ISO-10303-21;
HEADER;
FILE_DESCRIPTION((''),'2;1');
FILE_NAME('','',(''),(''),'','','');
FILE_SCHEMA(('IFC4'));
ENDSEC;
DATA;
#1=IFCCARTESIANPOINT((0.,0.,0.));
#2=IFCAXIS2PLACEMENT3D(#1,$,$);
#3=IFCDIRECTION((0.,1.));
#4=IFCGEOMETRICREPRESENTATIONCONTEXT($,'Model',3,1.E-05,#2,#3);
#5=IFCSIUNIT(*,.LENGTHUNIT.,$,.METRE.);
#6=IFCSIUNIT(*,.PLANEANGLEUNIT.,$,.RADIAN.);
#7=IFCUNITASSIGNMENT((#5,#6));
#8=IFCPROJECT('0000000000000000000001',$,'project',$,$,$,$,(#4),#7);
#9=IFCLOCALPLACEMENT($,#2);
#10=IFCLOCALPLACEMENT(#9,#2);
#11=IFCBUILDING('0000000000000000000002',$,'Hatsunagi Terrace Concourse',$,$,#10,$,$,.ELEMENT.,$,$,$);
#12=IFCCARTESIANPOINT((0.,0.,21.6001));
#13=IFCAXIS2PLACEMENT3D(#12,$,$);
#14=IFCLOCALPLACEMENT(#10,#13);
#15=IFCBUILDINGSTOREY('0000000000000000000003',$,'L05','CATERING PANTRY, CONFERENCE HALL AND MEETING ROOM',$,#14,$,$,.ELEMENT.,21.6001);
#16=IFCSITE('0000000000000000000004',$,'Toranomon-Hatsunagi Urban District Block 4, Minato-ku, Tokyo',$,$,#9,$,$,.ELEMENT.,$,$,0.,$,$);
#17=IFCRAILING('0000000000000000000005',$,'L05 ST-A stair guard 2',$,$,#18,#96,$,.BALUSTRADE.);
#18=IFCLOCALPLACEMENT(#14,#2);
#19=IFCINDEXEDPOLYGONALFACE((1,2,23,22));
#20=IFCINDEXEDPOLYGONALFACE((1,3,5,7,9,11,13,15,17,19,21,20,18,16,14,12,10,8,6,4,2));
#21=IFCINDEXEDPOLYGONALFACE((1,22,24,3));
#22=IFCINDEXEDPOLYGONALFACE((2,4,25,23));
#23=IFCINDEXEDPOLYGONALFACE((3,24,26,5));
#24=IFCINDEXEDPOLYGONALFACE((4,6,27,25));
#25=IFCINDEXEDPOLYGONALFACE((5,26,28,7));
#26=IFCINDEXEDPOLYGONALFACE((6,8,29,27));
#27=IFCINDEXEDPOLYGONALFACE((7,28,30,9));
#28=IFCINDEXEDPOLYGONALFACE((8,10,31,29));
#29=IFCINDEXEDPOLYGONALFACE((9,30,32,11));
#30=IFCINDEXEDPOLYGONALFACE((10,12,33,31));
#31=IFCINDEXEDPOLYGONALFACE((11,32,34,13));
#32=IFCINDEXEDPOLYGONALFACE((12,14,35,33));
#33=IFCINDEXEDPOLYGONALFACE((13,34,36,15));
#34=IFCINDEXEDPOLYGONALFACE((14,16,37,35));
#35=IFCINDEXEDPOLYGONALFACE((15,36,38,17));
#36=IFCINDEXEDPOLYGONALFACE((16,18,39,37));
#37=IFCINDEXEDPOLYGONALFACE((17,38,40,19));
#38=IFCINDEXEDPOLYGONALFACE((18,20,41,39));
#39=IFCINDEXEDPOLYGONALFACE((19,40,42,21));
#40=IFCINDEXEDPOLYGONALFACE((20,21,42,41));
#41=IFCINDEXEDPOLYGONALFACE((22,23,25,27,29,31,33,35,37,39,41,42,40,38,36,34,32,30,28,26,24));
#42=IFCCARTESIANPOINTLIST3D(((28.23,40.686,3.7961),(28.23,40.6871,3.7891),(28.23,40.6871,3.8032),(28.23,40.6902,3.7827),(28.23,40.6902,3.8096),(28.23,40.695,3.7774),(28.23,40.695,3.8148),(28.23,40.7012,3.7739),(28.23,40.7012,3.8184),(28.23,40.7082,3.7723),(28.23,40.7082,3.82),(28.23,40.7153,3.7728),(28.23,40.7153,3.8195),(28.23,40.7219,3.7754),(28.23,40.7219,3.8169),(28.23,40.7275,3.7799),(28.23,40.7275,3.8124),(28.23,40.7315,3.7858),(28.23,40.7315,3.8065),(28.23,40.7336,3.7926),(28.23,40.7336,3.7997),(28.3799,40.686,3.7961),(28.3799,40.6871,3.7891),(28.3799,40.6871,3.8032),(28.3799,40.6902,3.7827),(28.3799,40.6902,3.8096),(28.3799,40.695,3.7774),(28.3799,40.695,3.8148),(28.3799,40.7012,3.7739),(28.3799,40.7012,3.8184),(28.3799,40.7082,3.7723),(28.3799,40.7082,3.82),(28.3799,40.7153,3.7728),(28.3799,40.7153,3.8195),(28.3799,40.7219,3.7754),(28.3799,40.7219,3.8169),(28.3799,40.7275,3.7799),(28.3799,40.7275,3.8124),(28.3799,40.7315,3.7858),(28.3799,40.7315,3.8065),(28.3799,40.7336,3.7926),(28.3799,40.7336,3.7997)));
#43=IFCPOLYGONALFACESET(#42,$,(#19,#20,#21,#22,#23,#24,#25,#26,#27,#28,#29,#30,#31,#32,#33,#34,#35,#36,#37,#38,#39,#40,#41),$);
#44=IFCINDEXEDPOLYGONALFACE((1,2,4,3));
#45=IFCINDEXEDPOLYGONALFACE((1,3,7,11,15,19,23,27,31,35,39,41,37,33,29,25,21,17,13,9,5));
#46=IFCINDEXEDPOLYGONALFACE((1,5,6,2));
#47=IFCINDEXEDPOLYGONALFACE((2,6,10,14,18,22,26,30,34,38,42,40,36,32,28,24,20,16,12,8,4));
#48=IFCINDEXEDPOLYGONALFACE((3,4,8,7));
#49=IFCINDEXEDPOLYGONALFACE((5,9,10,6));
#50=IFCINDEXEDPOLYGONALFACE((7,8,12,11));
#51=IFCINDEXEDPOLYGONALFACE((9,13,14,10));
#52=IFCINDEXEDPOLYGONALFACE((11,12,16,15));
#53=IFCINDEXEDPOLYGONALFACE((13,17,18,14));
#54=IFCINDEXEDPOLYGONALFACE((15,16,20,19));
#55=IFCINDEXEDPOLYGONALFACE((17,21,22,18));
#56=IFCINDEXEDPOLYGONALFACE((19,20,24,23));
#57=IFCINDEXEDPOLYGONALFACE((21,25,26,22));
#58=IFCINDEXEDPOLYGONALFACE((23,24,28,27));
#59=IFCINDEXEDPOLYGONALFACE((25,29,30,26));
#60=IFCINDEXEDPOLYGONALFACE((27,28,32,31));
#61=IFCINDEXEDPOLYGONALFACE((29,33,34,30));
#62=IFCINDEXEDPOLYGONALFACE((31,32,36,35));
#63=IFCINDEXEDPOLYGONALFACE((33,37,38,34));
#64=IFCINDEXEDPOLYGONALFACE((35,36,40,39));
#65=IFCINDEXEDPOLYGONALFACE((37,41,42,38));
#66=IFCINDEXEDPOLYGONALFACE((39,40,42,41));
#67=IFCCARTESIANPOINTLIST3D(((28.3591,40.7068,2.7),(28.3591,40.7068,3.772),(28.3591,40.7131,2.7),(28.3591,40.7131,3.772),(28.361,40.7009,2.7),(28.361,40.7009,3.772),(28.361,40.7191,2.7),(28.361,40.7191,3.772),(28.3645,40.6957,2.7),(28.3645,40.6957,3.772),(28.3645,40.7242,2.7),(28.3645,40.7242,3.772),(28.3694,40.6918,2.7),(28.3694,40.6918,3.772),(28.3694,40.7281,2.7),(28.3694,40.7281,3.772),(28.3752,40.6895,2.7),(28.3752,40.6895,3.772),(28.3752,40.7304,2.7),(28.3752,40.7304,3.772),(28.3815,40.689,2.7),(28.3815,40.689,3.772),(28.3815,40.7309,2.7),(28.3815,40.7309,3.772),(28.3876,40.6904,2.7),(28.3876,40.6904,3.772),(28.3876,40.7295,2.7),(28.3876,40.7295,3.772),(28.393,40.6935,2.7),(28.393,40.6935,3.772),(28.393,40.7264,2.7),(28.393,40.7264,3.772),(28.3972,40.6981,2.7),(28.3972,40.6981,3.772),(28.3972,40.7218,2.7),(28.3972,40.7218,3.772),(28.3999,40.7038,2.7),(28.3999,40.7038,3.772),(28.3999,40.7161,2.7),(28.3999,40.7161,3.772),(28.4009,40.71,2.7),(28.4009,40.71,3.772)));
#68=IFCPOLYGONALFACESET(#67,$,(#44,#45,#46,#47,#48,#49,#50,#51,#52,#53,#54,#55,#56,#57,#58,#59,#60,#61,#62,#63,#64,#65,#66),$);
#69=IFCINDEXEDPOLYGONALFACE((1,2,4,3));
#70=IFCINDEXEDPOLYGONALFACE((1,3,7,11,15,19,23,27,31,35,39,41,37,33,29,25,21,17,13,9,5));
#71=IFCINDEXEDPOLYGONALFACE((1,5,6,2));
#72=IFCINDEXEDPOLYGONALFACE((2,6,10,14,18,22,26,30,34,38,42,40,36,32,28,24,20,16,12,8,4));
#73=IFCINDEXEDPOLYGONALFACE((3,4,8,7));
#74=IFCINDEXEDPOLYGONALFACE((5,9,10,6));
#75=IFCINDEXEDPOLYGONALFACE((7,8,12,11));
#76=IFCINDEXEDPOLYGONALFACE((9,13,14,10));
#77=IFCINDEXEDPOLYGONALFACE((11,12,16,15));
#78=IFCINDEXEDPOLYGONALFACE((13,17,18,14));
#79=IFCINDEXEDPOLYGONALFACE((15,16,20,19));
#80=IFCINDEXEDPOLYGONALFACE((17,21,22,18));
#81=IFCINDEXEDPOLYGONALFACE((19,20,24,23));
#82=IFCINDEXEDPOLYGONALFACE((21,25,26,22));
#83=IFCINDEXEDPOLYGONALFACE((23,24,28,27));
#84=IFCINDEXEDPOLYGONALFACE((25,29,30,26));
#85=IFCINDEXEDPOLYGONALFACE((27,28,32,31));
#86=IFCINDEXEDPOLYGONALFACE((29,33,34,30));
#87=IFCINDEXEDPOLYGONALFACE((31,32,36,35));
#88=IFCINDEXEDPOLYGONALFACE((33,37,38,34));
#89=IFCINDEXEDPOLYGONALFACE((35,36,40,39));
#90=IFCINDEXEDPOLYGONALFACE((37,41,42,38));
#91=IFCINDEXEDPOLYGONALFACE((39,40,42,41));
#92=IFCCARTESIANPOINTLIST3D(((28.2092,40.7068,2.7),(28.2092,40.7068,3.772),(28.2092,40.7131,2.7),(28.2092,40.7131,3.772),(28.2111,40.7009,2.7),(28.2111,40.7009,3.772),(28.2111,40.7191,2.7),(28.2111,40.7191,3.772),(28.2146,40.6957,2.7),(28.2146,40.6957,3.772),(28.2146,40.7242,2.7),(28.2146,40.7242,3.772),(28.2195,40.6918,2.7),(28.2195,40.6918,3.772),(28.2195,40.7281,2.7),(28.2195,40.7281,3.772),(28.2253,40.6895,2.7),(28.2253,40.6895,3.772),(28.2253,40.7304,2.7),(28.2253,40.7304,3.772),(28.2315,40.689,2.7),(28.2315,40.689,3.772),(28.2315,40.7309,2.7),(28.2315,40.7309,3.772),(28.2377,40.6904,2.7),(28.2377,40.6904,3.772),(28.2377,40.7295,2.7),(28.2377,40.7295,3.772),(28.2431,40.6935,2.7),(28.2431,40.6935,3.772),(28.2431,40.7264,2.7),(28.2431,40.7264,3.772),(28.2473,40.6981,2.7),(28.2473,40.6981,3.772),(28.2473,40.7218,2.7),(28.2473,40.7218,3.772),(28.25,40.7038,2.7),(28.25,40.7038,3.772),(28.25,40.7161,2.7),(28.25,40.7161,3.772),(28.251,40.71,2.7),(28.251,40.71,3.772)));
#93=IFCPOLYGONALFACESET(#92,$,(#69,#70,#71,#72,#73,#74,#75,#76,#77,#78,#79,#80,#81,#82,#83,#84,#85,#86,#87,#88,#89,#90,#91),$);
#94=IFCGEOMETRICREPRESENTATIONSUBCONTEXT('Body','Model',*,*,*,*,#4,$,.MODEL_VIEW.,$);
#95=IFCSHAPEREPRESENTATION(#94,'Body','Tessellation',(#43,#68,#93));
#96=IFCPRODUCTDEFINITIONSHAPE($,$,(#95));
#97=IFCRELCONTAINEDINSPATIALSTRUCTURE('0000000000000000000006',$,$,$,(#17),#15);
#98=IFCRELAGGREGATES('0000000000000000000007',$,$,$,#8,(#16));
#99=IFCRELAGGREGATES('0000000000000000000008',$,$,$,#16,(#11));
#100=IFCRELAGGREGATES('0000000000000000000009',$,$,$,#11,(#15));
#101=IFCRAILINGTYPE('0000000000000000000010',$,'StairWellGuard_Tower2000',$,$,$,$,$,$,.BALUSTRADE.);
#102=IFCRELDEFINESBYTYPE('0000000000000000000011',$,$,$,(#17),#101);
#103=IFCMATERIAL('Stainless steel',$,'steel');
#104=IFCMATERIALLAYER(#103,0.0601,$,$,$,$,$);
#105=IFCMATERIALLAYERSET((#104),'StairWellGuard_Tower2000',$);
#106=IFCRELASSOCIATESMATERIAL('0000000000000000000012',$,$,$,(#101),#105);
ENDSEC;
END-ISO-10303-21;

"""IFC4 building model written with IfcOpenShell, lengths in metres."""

from ifc_helpers import new_model, si_unit, direction, frame, origin, origin_2d, place, context, subcontext, project, spatial, circle, extrude, material, layer, layer_set, type_object, element, save


model = new_model("IFC4")

# Units and contexts
model_context = context("Model", 3, precision=1e-05, world=origin(), true_north=direction((0.0, 1.0)))
body_context = subcontext(model_context, "Body", "Model", "MODEL_VIEW")
ifc_project = project(units=[si_unit("LENGTHUNIT", "METRE"), si_unit("PLANEANGLEUNIT", "RADIAN")], contexts=[model_context])

# Site, building, storey
site_placement = place(None, origin())
site = spatial("IfcSite", under=ifc_project, at=site_placement, Name="Toranomon-Hatsunagi Urban District Block 4, Minato-ku, Tokyo", CompositionType="ELEMENT", RefElevation=0.0)
building_placement = place(site_placement, origin())
building = spatial("IfcBuilding", under=site, at=building_placement, Name="Hatsunagi Terrace Concourse", CompositionType="ELEMENT")
storey_placement = place(building_placement, frame((0.0, 0.0, 21.6001)))
storey = spatial("IfcBuildingStorey", under=building, at=storey_placement, Name="L05", Description="CATERING PANTRY, CONFERENCE HALL AND MEETING ROOM", CompositionType="ELEMENT", Elevation=21.6001)

# Railing
ifc_material_1 = material(Name="Stainless steel", Category="steel")
ifc_layer_1 = layer(ifc_material_1, 0.0601)
ifc_layer_set_1 = layer_set([ifc_layer_1], Name="StairWellGuard_Tower2000")
railing_type_1 = type_object("IfcRailingType", Name="StairWellGuard_Tower2000", PredefinedType="BALUSTRADE", material=ifc_layer_set_1)
railing_1_placement = place(storey_placement, frame((28.3799, 40.71, 2.7)))
element("IfcRailing", 1, at=railing_1_placement, inside=storey, type_object=railing_type_1, Name="L05 ST-A stair guard 2", PredefinedType="BALUSTRADE", context=body_context, shape_type="SweptSolid", body=[
    extrude(circle(Radius=0.0239, at=origin_2d()), frame((0.0, 0.0, 1.0962), z_axis=(-1.0, 0.0, 0.0), x_axis=(0.0, -1.0, 0.0)), (0.0, 0.0, 1.0), 0.1499),
    extrude(circle(Radius=0.021, at=origin_2d()), origin(), (0.0, 0.0, 1.0), 1.072),
    extrude(circle(Radius=0.021, at=origin_2d()), frame((-0.1499, 0.0, 0.0)), (0.0, 0.0, 1.0), 1.072),
])

save(model, "model.ifc")
